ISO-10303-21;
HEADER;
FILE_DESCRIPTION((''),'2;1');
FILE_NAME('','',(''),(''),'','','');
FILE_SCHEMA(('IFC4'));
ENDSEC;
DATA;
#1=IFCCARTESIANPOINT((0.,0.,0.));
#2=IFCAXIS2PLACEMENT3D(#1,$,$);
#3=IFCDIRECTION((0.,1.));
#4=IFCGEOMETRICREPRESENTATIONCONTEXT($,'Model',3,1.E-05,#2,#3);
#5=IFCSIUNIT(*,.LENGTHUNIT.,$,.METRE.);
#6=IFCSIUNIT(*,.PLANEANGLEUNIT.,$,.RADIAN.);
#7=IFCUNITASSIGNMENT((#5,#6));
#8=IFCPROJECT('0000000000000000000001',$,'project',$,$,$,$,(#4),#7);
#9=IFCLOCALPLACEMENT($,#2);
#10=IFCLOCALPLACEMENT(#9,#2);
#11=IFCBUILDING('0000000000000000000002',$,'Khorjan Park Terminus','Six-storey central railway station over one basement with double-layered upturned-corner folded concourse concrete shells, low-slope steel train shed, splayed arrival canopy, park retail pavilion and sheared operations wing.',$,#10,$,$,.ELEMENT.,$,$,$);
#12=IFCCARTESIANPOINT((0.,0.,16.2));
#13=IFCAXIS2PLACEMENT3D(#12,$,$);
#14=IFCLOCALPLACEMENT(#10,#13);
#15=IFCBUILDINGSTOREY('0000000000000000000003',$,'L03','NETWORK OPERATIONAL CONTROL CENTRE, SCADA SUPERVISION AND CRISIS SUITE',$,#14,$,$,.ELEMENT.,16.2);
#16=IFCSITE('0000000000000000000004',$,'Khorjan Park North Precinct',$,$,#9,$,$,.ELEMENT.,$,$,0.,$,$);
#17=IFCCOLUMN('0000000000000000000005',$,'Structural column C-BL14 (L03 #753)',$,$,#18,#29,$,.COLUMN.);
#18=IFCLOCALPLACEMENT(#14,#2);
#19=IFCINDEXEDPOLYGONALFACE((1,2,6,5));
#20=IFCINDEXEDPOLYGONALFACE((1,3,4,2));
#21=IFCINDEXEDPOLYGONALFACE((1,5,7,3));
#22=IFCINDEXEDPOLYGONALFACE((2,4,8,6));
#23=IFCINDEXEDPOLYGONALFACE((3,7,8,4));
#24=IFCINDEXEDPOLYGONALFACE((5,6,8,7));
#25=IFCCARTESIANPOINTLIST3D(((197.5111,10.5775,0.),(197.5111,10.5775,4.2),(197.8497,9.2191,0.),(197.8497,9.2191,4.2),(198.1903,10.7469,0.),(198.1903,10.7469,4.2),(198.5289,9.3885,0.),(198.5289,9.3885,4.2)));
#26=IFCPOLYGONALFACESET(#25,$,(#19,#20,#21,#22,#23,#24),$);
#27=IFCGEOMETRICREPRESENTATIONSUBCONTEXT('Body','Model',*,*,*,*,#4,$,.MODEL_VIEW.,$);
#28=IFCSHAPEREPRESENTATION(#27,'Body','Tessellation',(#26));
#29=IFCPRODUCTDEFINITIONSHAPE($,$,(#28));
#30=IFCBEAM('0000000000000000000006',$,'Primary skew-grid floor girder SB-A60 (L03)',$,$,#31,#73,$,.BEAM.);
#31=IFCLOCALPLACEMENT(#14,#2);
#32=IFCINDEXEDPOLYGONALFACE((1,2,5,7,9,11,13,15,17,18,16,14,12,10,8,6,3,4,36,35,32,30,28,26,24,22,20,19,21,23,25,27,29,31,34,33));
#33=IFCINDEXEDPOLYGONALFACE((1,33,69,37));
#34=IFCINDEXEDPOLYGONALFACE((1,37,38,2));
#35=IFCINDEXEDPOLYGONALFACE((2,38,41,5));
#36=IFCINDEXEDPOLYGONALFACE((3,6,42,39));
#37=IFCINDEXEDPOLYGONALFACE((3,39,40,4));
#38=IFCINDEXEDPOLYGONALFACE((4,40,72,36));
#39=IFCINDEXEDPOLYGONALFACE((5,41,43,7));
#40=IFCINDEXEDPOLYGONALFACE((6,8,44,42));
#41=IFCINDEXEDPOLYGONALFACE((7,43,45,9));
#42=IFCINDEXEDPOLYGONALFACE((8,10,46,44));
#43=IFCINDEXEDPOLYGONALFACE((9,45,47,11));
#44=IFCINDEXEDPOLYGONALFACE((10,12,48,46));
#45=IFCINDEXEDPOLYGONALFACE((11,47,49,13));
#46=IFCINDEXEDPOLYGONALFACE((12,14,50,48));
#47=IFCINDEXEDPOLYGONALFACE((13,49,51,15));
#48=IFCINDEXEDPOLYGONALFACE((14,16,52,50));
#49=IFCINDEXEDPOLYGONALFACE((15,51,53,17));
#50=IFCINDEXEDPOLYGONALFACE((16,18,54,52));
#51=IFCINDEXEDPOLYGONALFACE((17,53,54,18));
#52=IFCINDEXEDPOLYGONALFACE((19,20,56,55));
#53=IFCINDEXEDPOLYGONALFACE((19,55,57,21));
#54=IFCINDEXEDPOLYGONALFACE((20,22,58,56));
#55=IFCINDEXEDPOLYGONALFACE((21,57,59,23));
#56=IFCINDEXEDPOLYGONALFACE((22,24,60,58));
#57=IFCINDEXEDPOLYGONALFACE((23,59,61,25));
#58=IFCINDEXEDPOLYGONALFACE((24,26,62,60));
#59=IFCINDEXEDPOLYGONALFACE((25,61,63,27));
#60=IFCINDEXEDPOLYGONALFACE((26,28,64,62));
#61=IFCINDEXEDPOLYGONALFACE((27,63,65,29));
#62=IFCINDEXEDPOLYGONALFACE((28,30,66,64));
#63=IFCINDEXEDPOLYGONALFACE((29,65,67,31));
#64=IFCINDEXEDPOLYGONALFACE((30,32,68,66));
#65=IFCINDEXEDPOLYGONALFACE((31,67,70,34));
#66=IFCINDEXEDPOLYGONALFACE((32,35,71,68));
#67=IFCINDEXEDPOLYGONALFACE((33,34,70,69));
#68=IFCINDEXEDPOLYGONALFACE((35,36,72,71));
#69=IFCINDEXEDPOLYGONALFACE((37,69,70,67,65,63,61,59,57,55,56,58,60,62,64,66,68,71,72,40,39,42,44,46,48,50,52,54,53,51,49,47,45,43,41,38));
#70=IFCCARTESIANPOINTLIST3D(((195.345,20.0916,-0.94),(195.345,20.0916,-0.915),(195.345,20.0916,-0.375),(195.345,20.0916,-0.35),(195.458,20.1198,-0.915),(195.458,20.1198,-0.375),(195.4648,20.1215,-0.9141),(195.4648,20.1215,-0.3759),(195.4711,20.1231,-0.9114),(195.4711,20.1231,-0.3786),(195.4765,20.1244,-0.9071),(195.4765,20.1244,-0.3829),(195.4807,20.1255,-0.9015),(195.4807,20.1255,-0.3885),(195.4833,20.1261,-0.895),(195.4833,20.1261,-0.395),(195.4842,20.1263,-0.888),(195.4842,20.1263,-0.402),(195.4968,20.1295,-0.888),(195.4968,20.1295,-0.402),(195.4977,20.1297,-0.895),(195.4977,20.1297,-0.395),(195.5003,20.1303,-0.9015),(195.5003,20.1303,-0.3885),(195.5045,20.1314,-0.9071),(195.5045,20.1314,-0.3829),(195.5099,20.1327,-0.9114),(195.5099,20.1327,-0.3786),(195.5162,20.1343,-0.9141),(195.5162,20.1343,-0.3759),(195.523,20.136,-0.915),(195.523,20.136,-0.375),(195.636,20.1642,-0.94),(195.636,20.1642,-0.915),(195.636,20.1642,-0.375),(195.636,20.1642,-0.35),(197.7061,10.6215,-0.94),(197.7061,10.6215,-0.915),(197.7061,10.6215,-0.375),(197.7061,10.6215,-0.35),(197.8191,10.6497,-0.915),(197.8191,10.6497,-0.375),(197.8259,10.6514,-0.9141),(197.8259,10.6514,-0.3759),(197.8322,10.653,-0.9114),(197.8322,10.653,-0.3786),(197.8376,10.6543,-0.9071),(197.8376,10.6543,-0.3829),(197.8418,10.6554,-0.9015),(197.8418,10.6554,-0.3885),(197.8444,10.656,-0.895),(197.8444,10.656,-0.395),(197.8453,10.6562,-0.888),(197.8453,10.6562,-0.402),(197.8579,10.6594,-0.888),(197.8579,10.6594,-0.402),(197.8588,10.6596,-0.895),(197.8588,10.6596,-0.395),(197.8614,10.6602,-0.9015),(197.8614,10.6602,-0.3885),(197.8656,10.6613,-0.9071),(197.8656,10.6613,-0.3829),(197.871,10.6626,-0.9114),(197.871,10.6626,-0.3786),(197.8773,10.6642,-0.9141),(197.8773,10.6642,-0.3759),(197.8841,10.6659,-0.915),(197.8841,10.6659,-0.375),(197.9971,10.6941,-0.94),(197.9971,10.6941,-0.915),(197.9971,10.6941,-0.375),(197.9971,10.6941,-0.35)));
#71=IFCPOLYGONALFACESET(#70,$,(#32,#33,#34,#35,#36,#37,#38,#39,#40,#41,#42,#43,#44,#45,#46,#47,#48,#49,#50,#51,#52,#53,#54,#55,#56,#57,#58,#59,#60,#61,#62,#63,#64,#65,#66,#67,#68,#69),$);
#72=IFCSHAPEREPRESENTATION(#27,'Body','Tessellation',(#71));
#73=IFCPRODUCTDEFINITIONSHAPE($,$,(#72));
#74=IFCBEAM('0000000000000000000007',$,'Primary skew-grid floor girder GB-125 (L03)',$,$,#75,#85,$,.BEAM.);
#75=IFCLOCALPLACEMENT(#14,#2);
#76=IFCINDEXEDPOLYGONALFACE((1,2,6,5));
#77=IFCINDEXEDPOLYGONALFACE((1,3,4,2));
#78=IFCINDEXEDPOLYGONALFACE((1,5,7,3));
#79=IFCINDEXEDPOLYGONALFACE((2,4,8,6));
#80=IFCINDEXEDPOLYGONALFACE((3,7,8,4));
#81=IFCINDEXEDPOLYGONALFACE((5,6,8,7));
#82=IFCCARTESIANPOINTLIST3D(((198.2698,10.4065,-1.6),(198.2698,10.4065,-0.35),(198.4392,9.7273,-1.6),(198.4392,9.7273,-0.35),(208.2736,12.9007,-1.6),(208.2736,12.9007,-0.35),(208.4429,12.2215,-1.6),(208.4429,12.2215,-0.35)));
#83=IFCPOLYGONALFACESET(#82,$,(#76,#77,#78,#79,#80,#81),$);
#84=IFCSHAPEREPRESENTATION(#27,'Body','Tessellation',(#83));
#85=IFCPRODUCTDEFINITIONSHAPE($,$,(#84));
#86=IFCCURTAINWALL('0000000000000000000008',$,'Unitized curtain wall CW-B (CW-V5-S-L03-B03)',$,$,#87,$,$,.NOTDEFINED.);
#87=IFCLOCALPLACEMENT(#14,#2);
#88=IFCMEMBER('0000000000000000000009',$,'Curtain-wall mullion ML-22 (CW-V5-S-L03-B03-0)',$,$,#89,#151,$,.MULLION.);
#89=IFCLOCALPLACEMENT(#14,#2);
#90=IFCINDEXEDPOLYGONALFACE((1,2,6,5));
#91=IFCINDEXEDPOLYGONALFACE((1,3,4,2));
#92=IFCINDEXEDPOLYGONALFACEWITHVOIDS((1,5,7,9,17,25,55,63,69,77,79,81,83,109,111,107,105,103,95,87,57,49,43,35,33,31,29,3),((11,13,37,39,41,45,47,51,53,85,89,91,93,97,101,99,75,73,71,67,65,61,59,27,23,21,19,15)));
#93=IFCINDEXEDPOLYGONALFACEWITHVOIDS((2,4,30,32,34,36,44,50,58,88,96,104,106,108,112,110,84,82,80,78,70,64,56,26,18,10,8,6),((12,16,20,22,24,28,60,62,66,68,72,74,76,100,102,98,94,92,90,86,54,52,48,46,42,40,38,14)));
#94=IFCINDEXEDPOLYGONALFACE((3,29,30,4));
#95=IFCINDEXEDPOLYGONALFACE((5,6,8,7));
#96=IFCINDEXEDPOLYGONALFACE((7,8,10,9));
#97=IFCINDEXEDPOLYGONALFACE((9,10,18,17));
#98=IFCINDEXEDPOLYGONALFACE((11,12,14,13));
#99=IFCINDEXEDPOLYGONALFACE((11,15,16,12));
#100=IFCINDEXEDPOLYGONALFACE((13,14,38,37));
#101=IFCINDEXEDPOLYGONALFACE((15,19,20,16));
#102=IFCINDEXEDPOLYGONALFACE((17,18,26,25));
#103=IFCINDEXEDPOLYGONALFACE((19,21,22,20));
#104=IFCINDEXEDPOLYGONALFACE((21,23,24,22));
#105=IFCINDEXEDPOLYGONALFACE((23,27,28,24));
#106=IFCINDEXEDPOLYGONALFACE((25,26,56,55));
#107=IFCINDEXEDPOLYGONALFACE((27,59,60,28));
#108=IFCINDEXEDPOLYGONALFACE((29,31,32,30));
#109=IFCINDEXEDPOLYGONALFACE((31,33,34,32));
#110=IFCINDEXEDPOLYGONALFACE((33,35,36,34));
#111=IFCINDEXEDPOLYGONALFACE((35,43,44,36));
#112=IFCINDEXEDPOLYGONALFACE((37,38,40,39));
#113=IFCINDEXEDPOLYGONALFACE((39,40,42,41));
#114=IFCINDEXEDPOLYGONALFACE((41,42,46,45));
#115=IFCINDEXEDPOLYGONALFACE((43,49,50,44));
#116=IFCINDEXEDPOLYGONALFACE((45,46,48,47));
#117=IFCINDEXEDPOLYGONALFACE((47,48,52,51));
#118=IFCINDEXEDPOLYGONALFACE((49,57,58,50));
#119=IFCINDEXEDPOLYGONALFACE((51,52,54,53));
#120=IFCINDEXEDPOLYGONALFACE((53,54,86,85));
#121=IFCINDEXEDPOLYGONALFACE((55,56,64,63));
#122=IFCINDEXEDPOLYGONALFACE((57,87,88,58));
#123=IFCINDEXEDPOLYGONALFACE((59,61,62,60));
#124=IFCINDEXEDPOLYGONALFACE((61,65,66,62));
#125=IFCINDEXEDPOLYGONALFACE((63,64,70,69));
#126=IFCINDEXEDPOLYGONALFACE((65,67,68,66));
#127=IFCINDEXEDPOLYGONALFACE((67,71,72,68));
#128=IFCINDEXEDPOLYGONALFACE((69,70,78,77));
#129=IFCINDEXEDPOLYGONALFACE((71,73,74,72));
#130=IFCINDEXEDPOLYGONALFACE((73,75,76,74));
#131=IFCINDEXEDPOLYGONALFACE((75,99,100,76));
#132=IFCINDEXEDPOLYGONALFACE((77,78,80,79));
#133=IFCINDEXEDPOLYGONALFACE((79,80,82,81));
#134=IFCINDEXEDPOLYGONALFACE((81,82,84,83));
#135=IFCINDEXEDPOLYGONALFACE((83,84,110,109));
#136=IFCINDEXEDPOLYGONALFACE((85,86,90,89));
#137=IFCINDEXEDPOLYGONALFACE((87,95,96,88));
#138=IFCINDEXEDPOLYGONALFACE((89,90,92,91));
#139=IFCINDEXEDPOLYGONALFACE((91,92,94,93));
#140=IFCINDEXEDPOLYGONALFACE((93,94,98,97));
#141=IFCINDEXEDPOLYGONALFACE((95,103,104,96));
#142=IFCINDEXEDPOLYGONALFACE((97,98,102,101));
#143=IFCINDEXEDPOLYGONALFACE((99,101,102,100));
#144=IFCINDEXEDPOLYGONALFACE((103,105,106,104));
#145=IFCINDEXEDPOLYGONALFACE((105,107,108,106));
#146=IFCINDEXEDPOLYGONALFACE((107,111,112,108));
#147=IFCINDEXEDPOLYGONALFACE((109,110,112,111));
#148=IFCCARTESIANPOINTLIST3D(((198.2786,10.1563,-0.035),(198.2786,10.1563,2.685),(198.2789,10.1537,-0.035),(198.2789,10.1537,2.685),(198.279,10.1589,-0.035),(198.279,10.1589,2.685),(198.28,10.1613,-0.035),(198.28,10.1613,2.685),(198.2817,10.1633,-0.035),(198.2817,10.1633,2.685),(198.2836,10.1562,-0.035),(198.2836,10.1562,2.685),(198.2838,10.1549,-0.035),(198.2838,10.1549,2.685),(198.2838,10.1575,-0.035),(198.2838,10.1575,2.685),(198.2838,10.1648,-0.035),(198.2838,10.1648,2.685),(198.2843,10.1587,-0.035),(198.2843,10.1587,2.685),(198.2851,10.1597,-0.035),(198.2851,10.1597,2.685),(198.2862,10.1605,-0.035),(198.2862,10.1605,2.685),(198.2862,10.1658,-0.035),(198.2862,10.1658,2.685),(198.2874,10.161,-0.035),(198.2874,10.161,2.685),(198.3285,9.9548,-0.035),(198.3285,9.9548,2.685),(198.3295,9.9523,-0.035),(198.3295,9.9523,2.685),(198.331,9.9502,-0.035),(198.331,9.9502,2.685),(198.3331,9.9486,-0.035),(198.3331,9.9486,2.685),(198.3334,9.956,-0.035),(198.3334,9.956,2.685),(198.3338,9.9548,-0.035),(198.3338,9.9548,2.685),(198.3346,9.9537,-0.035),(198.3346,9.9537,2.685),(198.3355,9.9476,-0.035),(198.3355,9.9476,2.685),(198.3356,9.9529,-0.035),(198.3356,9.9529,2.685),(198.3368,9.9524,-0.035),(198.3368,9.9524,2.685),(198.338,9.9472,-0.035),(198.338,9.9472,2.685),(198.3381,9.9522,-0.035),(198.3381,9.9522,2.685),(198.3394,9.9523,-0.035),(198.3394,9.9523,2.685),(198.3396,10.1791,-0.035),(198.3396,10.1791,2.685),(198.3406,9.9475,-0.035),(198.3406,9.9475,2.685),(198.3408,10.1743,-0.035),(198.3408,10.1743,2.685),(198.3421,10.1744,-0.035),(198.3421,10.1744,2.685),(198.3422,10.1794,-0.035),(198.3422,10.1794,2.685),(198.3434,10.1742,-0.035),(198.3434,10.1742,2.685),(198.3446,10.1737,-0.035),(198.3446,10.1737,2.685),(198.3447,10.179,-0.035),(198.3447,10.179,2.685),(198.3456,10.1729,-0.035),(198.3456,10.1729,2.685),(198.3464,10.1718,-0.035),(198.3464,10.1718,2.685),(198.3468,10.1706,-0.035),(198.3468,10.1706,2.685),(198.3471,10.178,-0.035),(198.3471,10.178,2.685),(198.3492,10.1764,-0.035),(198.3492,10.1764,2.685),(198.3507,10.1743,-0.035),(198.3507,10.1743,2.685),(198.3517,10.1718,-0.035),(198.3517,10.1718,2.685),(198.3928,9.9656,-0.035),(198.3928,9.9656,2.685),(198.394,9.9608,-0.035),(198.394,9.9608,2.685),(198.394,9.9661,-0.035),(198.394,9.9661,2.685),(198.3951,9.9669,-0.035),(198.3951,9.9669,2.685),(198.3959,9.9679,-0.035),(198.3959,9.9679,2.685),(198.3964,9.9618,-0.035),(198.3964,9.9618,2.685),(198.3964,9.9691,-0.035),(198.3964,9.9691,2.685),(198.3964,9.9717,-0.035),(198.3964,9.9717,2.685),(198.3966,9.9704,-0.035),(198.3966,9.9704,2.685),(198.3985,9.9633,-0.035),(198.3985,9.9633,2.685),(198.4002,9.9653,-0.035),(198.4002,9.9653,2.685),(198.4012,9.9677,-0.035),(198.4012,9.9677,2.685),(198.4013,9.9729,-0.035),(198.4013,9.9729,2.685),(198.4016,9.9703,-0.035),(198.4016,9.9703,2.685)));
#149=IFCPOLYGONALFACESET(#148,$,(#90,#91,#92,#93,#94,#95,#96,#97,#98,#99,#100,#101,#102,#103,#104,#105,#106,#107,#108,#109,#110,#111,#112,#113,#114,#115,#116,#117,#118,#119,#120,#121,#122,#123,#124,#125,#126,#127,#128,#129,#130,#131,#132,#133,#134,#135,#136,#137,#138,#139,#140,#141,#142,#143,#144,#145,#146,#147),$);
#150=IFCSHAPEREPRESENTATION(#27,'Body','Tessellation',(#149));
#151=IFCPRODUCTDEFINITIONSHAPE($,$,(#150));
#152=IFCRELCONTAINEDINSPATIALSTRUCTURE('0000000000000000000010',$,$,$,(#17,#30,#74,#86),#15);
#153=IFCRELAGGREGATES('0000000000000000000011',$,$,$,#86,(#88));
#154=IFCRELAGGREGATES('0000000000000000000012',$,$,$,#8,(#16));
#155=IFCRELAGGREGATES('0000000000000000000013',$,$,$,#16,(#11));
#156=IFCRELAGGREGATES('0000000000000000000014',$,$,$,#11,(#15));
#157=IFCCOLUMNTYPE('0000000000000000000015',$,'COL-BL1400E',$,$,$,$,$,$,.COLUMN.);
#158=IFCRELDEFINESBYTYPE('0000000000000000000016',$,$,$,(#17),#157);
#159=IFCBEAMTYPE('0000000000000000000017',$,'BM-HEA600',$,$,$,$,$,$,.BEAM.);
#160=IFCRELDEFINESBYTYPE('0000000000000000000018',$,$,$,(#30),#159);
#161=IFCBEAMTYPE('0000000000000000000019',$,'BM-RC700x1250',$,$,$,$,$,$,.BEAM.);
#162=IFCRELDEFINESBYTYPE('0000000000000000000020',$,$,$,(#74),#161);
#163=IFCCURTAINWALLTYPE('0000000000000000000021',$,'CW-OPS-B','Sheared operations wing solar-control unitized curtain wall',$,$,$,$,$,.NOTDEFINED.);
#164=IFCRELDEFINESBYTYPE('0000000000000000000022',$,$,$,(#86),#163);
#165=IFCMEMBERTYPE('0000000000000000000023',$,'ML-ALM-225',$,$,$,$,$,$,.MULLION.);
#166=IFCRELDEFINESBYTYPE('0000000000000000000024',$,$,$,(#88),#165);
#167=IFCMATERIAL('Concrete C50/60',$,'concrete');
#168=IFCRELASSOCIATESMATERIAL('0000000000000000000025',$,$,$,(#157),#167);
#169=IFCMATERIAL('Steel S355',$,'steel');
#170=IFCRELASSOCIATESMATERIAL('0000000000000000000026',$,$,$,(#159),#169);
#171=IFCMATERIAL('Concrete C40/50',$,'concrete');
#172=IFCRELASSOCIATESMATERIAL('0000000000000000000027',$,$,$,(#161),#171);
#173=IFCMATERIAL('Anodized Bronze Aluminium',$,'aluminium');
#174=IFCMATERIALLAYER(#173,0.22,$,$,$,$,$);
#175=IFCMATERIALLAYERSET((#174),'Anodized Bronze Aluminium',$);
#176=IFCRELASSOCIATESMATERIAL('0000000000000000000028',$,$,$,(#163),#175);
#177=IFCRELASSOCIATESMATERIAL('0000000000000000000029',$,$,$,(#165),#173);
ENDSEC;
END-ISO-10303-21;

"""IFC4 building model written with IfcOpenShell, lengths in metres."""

from ifc_helpers import new_model, si_unit, direction, frame, origin, origin_2d, place, context, subcontext, project, spatial, rectangle, hollow_rectangle, i_section, extrude, material, layer, layer_set, material_profile, profile_set, type_object, element, aggregate, save


model = new_model("IFC4")

# Units and contexts
model_context = context("Model", 3, precision=1e-05, world=origin(), true_north=direction((0.0, 1.0)))
body_context = subcontext(model_context, "Body", "Model", "MODEL_VIEW")
ifc_project = project(units=[si_unit("LENGTHUNIT", "METRE"), si_unit("PLANEANGLEUNIT", "RADIAN")], contexts=[model_context])

# Site, building, storey
site_placement = place(None, origin())
site = spatial("IfcSite", under=ifc_project, at=site_placement, Name="Khorjan Park North Precinct", CompositionType="ELEMENT", RefElevation=0.0)
building_placement = place(site_placement, origin())
building = spatial("IfcBuilding", under=site, at=building_placement, Name="Khorjan Park Terminus", Description="Six-storey central railway station over one basement with double-layered upturned-corner folded concourse concrete shells, low-slope steel train shed, splayed arrival canopy, park retail pavilion and sheared operations wing.", CompositionType="ELEMENT")
storey_placement = place(building_placement, frame((0.0, 0.0, 16.2)))
storey = spatial("IfcBuildingStorey", under=building, at=storey_placement, Name="L03", Description="NETWORK OPERATIONAL CONTROL CENTRE, SCADA SUPERVISION AND CRISIS SUITE", CompositionType="ELEMENT", Elevation=16.2)

# Column
ifc_material_1 = material(Name="Concrete C50/60", Category="concrete")
ifc_material_profile_1 = material_profile(ifc_material_1, rectangle(XDim=0.7, YDim=1.4, at=origin_2d()), Name="RC 700x1400")
ifc_profile_set_1 = profile_set([ifc_material_profile_1], Name="Concrete C50/60")
column_type = type_object("IfcColumnType", Name="COL-BL1400E", PredefinedType="COLUMN", material=ifc_profile_set_1)
column_placement = place(storey_placement, frame((198.02, 9.983, 0.0), z_axis=(0.0, 0.0, 1.0), x_axis=(0.970296, 0.241922, 0.0)))
element("IfcColumn", 1, at=column_placement, inside=storey, type_object=column_type, Name="Structural column C-BL14 (L03 #753)", PredefinedType="COLUMN", context=body_context, shape_type="SweptSolid", body=[
    extrude(rectangle(XDim=0.7, YDim=1.4, at=origin_2d()), origin(), (0.0, 0.0, 1.0), 4.2),
])

# Beams
ifc_material_2 = material(Name="Steel S355", Category="steel")
ifc_material_profile_2 = material_profile(ifc_material_2, i_section(OverallWidth=0.3, OverallDepth=0.59, WebThickness=0.013, FlangeThickness=0.025, FilletRadius=0.027, at=origin_2d()), Name="HEA 600")
ifc_profile_set_2 = profile_set([ifc_material_profile_2], Name="Steel S355")
beam_type_1 = type_object("IfcBeamType", Name="BM-HEA600", PredefinedType="BEAM", material=ifc_profile_set_2)
beam_1_placement = place(storey_placement, frame((197.8516, 10.6578, -0.645), z_axis=(-0.241916, 0.970297, 0.0), x_axis=(-0.970297, -0.241916, 0.0)))
element("IfcBeam", 2, at=beam_1_placement, inside=storey, type_object=beam_type_1, Name="Primary skew-grid floor girder SB-A60 (L03)", PredefinedType="BEAM", context=body_context, shape_type="SweptSolid", body=[
    extrude(i_section(OverallWidth=0.3, OverallDepth=0.59, WebThickness=0.013, FlangeThickness=0.025, FilletRadius=0.027, at=origin_2d()), origin(), (0.0, 0.0, 1.0), 9.76),
])
ifc_material_3 = material(Name="Concrete C40/50", Category="concrete")
ifc_material_profile_3 = material_profile(ifc_material_3, rectangle(XDim=0.7, YDim=1.25, at=origin_2d()), Name="RC 700x1250")
ifc_profile_set_3 = profile_set([ifc_material_profile_3], Name="Concrete C40/50")
beam_type_2 = type_object("IfcBeamType", Name="BM-RC700x1250", PredefinedType="BEAM", material=ifc_profile_set_3)
beam_2_placement = place(storey_placement, frame((198.3545, 10.0669, -0.975), z_axis=(0.970296, 0.241919, 0.0), x_axis=(-0.241919, 0.970296, 0.0)))
element("IfcBeam", 3, at=beam_2_placement, inside=storey, type_object=beam_type_2, Name="Primary skew-grid floor girder GB-125 (L03)", PredefinedType="BEAM", context=body_context, shape_type="SweptSolid", body=[
    extrude(rectangle(XDim=0.7, YDim=1.25, at=origin_2d()), origin(), (0.0, 0.0, 1.0), 10.31),
])

# Curtain wall, member
ifc_material_4 = material(Name="Anodized Bronze Aluminium", Category="aluminium")
ifc_layer_1 = layer(ifc_material_4, 0.22)
ifc_layer_set_1 = layer_set([ifc_layer_1], Name="Anodized Bronze Aluminium")
curtain_wall_type = type_object("IfcCurtainWallType", Name="CW-OPS-B", Description="Sheared operations wing solar-control unitized curtain wall", PredefinedType="NOTDEFINED", material=ifc_layer_set_1)
curtain_wall_placement = place(storey_placement, origin())
curtain_wall = element("IfcCurtainWall", 4, at=curtain_wall_placement, inside=storey, type_object=curtain_wall_type, Name="Unitized curtain wall CW-B (CW-V5-S-L03-B03)", PredefinedType="NOTDEFINED")
ifc_material_profile_4 = material_profile(ifc_material_4, hollow_rectangle(XDim=0.075, YDim=0.225, WallThickness=0.005, InnerFilletRadius=0.005, OuterFilletRadius=0.01, at=origin_2d()), Name="ALM 75x225x5")
ifc_profile_set_4 = profile_set([ifc_material_profile_4], Name="Anodized Bronze Aluminium")
member_type_1 = type_object("IfcMemberType", Name="ML-ALM-225", PredefinedType="MULLION", material=ifc_profile_set_4)
member_1_placement = place(storey_placement, frame((198.3401, 10.0633, -0.035), z_axis=(0.0, 0.0, 1.0), x_axis=(0.970295, 0.241926, 0.0)))
member_1 = element("IfcMember", 5, at=member_1_placement, type_object=member_type_1, Name="Curtain-wall mullion ML-22 (CW-V5-S-L03-B03-0)", PredefinedType="MULLION", context=body_context, shape_type="SweptSolid", body=[
    extrude(hollow_rectangle(XDim=0.075, YDim=0.225, WallThickness=0.005, InnerFilletRadius=0.005, OuterFilletRadius=0.01, at=origin_2d()), origin(), (0.0, 0.0, 1.0), 2.72),
])
aggregate(curtain_wall, [member_1])

save(model, "model.ifc")
